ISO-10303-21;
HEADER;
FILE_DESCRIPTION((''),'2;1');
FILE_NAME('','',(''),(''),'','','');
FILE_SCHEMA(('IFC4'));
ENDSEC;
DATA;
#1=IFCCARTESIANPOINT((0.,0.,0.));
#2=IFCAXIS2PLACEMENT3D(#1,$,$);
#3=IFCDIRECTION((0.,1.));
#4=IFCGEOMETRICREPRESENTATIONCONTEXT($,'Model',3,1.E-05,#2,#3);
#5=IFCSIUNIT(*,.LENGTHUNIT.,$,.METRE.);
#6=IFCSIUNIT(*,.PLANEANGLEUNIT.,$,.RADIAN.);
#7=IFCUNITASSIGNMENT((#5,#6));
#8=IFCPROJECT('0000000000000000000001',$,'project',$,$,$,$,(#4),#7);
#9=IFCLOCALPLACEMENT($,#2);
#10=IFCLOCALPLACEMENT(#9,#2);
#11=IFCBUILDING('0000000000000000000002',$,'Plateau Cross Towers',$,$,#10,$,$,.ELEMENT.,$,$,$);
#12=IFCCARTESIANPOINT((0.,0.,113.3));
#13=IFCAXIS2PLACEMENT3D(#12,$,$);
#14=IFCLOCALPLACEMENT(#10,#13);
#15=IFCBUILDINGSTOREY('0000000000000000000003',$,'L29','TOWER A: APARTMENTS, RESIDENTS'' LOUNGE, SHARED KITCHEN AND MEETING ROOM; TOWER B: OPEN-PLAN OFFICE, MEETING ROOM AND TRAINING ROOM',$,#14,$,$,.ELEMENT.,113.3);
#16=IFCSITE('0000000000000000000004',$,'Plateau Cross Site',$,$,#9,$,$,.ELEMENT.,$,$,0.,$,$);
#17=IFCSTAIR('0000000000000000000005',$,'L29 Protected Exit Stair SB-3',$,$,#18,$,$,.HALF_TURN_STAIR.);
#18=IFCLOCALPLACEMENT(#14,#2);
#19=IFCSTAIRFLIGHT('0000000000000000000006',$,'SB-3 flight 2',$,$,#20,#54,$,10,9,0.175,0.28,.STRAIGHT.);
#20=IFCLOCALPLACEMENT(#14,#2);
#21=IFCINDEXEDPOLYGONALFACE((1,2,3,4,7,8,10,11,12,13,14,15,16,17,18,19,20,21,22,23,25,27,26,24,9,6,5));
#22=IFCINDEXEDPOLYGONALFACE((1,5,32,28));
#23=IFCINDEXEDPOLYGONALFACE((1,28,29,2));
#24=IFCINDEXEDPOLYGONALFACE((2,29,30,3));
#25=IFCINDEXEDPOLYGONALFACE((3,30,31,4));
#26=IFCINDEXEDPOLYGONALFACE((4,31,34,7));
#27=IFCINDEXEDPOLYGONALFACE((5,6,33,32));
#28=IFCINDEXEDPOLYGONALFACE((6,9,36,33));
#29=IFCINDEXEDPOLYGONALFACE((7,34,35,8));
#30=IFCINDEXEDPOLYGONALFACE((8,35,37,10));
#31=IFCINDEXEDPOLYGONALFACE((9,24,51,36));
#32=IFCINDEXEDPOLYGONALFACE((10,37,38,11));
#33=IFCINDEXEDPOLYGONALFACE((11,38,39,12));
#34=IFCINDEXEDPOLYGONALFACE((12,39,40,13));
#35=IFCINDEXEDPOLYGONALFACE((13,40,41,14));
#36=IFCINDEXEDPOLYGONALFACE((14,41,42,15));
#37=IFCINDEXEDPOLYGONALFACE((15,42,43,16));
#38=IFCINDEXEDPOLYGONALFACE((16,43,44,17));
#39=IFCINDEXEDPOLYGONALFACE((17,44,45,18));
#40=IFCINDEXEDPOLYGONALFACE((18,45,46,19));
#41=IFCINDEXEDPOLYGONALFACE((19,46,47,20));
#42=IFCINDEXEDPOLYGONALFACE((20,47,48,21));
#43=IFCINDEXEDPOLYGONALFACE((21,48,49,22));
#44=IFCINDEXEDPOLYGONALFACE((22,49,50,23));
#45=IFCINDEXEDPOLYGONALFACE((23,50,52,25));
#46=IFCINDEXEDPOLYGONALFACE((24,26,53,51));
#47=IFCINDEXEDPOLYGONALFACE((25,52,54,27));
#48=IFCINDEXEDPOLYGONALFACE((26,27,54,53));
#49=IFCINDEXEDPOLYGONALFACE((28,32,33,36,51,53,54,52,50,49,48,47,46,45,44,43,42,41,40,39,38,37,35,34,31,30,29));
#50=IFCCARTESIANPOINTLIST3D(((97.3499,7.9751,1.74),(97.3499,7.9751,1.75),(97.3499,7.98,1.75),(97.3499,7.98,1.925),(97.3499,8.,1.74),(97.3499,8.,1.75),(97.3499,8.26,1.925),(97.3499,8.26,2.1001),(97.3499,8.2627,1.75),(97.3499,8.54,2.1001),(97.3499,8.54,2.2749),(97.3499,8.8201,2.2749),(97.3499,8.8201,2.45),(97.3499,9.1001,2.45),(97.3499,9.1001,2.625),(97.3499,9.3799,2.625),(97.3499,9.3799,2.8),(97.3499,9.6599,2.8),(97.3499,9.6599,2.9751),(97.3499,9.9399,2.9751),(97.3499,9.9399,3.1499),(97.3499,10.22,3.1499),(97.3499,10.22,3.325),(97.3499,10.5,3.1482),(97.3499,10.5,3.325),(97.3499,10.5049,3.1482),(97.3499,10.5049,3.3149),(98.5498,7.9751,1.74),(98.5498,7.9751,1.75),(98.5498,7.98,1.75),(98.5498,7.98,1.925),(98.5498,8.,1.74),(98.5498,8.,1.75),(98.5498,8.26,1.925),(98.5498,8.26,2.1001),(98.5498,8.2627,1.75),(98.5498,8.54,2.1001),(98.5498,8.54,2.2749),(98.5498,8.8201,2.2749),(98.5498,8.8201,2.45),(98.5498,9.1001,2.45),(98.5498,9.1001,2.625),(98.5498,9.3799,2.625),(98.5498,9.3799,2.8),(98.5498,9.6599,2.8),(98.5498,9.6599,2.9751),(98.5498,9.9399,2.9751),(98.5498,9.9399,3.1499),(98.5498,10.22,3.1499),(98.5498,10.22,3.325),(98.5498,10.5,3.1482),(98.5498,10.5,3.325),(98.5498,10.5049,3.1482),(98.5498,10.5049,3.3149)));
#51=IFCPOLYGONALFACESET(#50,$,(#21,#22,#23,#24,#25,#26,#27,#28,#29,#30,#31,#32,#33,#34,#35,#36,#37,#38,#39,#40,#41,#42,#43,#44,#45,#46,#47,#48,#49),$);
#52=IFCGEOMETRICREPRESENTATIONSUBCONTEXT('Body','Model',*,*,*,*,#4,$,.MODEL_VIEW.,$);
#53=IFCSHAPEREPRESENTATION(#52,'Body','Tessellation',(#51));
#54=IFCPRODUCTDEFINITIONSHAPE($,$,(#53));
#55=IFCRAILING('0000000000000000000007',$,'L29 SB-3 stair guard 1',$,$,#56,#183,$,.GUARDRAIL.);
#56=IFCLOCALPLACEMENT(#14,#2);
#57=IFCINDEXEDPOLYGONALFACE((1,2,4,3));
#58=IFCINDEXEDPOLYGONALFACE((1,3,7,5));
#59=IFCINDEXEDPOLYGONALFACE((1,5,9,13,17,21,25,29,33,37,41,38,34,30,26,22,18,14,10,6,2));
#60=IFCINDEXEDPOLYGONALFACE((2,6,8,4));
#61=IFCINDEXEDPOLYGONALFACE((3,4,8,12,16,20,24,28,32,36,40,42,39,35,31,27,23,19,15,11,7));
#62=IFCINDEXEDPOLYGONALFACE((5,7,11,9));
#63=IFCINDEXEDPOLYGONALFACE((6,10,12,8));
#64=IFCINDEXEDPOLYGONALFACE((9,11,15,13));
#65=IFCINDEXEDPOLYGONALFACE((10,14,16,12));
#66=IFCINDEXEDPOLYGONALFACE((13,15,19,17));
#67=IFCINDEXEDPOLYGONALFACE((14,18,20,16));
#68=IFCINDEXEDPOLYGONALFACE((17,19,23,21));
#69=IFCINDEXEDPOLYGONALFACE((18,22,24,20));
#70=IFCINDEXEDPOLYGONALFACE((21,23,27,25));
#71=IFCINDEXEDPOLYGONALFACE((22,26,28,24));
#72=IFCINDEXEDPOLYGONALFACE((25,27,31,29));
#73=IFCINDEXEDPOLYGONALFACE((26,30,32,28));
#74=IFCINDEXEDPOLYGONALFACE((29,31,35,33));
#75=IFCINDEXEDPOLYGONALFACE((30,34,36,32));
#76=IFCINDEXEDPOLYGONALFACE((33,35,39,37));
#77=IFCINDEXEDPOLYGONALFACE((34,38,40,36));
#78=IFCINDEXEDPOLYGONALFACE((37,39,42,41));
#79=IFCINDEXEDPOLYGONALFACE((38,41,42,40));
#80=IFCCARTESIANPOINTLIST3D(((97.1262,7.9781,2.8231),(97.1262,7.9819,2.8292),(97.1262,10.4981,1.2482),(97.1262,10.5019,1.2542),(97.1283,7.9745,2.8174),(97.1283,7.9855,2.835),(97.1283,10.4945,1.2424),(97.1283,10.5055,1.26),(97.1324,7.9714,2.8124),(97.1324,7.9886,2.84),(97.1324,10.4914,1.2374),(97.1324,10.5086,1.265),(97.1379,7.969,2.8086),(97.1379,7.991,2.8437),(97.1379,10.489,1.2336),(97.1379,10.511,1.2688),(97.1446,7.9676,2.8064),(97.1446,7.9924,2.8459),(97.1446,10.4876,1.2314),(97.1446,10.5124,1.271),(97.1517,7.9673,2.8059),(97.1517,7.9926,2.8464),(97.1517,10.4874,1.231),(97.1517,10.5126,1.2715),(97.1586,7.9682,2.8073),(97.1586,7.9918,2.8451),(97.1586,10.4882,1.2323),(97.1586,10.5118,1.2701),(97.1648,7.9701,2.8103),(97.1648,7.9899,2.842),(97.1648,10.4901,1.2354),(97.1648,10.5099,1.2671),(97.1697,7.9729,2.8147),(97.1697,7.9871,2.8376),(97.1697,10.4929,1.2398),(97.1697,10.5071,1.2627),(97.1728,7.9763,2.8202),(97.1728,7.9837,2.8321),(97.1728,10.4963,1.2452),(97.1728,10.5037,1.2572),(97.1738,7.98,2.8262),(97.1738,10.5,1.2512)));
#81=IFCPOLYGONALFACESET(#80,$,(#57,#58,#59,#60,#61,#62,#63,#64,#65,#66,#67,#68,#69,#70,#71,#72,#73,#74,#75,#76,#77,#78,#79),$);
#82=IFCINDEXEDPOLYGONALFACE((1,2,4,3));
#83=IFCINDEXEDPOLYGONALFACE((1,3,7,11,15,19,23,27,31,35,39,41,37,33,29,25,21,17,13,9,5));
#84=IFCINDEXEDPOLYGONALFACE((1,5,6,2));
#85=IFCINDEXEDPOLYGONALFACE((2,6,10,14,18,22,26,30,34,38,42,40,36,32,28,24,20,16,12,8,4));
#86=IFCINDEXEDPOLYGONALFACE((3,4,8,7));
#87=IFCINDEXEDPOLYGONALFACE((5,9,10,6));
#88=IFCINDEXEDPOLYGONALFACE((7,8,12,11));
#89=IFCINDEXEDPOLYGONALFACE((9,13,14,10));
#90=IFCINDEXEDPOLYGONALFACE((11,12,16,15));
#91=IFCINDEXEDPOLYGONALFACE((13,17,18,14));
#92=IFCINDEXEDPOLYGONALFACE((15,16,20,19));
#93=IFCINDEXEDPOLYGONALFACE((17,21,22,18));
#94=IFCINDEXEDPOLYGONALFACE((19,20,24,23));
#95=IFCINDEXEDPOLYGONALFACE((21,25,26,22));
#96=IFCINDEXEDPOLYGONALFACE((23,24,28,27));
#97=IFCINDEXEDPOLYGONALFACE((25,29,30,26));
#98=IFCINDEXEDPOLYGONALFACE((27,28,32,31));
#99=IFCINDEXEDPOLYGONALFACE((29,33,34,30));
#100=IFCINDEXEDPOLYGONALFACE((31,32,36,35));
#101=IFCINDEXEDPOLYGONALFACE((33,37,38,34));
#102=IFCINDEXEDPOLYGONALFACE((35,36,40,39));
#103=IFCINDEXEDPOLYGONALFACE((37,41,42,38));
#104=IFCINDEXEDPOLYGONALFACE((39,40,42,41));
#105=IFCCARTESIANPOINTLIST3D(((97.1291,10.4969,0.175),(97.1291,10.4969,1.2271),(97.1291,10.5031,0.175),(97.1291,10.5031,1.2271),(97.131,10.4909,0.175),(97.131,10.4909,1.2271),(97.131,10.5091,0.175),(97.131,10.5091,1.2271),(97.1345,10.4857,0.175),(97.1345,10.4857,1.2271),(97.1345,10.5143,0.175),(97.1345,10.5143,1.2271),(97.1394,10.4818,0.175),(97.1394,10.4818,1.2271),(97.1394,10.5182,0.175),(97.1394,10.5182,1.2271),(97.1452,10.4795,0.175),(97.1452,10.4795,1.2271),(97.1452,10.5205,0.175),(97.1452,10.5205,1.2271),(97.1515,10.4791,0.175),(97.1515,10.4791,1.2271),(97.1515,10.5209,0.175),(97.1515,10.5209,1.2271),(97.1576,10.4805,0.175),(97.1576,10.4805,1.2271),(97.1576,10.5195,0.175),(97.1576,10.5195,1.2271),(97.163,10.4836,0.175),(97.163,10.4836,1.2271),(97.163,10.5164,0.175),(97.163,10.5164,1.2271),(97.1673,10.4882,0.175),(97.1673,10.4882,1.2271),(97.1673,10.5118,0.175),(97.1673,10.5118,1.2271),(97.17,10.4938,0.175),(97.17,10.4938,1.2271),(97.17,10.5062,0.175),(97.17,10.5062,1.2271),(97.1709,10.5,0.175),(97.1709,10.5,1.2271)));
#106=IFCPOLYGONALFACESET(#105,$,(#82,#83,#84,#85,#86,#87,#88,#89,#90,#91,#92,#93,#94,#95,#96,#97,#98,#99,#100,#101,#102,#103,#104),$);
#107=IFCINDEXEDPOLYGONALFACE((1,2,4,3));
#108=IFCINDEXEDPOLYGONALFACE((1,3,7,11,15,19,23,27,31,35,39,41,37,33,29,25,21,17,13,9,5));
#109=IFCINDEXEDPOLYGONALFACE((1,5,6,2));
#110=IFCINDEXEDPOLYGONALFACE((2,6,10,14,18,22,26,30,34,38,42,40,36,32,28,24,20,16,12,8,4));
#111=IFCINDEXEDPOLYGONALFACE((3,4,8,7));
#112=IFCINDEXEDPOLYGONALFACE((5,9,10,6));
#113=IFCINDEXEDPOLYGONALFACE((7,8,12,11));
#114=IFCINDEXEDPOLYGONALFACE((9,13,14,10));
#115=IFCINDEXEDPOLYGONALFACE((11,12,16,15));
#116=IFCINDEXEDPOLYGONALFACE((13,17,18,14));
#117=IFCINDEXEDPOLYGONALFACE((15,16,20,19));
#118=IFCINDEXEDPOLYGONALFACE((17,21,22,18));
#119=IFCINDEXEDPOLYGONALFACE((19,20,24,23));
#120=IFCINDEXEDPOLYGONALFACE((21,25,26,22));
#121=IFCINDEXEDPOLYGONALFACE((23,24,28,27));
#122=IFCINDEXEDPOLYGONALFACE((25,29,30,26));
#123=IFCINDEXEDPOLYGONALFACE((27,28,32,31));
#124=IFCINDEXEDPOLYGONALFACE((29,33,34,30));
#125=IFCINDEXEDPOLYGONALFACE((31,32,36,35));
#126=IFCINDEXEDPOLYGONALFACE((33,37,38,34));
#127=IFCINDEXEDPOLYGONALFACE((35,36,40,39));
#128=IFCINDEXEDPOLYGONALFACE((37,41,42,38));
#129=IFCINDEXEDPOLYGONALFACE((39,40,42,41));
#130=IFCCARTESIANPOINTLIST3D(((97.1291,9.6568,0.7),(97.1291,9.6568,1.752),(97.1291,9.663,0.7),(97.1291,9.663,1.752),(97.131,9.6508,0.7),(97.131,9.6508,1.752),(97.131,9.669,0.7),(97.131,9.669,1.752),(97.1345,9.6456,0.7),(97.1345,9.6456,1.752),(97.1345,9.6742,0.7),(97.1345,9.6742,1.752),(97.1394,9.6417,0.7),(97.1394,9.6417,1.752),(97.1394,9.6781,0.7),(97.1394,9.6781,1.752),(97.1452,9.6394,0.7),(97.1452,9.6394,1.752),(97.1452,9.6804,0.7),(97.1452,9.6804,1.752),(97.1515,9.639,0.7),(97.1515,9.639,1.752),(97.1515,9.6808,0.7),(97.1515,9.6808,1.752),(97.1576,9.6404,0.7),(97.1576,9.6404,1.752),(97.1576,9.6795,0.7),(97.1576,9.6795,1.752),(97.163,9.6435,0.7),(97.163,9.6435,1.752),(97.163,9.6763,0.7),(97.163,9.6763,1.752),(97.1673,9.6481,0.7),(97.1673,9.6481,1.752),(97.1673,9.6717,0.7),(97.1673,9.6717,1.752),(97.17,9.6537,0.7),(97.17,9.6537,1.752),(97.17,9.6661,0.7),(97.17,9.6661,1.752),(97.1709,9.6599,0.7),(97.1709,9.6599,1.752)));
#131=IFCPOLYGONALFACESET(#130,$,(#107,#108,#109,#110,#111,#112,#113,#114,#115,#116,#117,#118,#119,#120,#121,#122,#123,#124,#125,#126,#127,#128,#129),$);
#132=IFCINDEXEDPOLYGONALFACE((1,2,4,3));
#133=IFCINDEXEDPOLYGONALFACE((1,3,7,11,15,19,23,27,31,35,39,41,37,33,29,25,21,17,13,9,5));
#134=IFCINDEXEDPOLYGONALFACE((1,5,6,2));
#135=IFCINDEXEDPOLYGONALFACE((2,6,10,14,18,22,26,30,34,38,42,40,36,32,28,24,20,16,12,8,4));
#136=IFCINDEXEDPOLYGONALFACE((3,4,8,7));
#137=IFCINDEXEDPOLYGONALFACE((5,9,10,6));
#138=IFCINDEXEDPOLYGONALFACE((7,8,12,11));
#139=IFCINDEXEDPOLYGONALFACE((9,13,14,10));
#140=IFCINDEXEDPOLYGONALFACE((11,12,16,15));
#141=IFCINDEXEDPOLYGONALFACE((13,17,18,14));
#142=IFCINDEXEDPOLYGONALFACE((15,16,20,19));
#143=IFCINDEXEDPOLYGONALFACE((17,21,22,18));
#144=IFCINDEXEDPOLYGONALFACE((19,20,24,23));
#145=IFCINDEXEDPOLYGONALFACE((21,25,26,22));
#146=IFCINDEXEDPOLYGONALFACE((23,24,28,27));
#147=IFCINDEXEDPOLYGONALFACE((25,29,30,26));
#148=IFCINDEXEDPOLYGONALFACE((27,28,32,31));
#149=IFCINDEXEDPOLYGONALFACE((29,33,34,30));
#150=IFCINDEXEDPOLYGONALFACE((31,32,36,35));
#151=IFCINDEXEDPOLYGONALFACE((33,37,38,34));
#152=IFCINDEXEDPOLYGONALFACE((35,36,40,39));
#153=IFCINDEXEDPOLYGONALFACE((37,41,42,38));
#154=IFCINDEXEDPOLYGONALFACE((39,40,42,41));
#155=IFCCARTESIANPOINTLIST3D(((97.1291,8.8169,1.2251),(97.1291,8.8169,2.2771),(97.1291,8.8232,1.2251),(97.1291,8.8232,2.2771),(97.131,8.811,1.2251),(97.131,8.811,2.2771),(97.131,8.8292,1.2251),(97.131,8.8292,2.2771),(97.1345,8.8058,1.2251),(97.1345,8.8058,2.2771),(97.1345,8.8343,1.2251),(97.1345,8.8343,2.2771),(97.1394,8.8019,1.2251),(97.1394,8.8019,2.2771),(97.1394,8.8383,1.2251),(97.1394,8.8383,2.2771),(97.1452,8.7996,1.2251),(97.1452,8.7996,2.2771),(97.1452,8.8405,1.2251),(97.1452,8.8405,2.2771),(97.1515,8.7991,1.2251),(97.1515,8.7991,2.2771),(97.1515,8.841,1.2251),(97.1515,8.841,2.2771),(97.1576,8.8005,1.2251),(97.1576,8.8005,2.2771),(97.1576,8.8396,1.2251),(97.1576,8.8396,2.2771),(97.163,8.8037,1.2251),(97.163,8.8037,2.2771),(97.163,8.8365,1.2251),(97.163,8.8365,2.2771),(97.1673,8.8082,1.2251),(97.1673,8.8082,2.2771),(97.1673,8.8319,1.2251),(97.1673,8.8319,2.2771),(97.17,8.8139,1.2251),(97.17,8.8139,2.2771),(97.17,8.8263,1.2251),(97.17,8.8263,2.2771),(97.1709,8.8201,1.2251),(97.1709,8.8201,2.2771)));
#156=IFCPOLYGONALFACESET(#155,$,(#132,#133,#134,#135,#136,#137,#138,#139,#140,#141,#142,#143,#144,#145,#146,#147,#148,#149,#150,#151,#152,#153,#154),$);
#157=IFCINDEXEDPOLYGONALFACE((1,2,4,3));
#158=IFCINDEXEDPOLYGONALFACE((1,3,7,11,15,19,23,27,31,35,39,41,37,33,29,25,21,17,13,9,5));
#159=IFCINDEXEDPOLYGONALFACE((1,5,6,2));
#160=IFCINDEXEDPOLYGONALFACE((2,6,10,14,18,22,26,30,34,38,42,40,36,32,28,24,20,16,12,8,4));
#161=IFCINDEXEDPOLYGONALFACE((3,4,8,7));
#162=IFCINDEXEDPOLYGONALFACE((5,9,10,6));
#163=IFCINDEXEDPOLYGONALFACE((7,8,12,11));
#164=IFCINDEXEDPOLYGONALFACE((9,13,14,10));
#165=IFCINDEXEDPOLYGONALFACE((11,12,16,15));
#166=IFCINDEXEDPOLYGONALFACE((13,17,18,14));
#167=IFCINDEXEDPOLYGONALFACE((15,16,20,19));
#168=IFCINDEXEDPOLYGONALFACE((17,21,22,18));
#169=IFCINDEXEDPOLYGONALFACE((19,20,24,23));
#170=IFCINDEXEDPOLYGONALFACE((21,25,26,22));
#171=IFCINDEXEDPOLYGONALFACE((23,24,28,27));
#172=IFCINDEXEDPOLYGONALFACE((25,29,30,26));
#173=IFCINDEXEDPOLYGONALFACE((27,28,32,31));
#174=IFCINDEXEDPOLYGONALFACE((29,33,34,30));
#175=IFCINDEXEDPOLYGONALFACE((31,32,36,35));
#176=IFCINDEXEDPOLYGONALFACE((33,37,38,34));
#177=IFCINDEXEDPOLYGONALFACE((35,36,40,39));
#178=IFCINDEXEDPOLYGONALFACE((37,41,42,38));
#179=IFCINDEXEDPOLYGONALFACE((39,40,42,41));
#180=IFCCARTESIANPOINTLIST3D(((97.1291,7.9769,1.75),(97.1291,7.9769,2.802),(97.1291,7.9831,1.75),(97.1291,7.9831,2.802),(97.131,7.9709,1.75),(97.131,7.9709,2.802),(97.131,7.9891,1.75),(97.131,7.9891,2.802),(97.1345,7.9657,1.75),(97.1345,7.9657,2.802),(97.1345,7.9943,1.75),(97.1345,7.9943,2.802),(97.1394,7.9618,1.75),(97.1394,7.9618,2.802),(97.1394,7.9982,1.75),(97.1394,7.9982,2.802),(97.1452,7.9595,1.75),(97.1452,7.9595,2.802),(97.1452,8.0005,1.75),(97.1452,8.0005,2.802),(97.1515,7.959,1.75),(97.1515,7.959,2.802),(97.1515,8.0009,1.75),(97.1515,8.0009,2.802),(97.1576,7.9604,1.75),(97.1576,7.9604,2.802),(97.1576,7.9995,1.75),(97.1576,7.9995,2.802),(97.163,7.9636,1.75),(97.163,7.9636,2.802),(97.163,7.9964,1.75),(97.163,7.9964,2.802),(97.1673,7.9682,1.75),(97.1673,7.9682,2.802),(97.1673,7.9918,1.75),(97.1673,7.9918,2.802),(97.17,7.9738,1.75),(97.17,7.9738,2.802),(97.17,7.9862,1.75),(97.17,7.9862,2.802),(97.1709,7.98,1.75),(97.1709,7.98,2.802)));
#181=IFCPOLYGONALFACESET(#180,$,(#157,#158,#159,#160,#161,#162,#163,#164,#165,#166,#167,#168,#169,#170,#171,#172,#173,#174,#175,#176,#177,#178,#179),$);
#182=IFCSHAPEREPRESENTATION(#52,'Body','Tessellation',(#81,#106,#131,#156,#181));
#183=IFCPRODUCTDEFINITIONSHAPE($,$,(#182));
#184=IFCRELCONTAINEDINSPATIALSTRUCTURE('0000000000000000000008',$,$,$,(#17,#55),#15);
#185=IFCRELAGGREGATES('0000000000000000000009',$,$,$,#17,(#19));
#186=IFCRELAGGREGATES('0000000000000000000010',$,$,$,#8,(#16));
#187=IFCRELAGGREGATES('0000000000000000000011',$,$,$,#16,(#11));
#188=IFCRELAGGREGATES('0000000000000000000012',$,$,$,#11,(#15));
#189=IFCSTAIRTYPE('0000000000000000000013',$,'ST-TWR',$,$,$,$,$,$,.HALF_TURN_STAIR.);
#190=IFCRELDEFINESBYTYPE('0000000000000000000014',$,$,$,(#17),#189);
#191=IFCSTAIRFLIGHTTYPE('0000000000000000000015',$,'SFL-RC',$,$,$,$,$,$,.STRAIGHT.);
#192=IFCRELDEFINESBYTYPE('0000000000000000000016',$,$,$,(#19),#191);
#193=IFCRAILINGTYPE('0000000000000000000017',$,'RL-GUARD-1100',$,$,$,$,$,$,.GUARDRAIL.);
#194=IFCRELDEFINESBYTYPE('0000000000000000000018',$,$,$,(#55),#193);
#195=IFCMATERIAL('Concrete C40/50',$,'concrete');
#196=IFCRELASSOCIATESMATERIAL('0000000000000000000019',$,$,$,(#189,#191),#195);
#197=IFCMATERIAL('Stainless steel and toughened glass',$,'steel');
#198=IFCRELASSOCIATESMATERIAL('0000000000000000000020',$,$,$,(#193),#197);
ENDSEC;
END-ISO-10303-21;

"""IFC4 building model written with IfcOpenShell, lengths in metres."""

from ifc_helpers import new_model, si_unit, direction, frame, origin, origin_2d, place, context, subcontext, project, spatial, polyline, circle, outline, extrude, material, type_object, element, aggregate, save


model = new_model("IFC4")

# Units and contexts
model_context = context("Model", 3, precision=1e-05, world=origin(), true_north=direction((0.0, 1.0)))
body_context = subcontext(model_context, "Body", "Model", "MODEL_VIEW")
ifc_project = project(units=[si_unit("LENGTHUNIT", "METRE"), si_unit("PLANEANGLEUNIT", "RADIAN")], contexts=[model_context])

# Site, building, storey
site_placement = place(None, origin())
site = spatial("IfcSite", under=ifc_project, at=site_placement, Name="Plateau Cross Site", CompositionType="ELEMENT", RefElevation=0.0)
building_placement = place(site_placement, origin())
building = spatial("IfcBuilding", under=site, at=building_placement, Name="Plateau Cross Towers", CompositionType="ELEMENT")
storey_placement = place(building_placement, frame((0.0, 0.0, 113.3)))
storey = spatial("IfcBuildingStorey", under=building, at=storey_placement, Name="L29", Description="TOWER A: APARTMENTS, RESIDENTS' LOUNGE, SHARED KITCHEN AND MEETING ROOM; TOWER B: OPEN-PLAN OFFICE, MEETING ROOM AND TRAINING ROOM", CompositionType="ELEMENT", Elevation=113.3)

# Stair, stair flight
ifc_material_1 = material(Name="Concrete C40/50", Category="concrete")
stair_type = type_object("IfcStairType", Name="ST-TWR", PredefinedType="HALF_TURN_STAIR", material=ifc_material_1)
stair_placement = place(storey_placement, origin())
stair = element("IfcStair", 1, at=stair_placement, inside=storey, type_object=stair_type, Name="L29 Protected Exit Stair SB-3", PredefinedType="HALF_TURN_STAIR")
stair_flight_type = type_object("IfcStairFlightType", Name="SFL-RC", PredefinedType="STRAIGHT", material=ifc_material_1)
stair_flight_1_placement = place(storey_placement, frame((97.95, 7.98, 1.75), z_axis=(0.0, 0.0, 1.0), x_axis=(0.0, 1.0, 0.0)))
stair_flight_1 = element("IfcStairFlight", 2, at=stair_flight_1_placement, type_object=stair_flight_type, Name="SB-3 flight 2", NumberOfRisers=10, NumberOfTreads=9, PredefinedType="STRAIGHT", RiserHeight=0.175, TreadLength=0.28, context=body_context, shape_type="SweptSolid", body=[
    extrude(outline(polyline([(-0.0049, -0.01), (-0.0049, 0.0), (0.0, 0.0), (0.0, 0.175), (0.28, 0.175), (0.28, 0.3501), (0.5601, 0.3501), (0.5601, 0.5249), (0.8401, 0.5249), (0.8401, 0.7), (1.1201, 0.7), (1.1201, 0.875), (1.3999, 0.875), (1.3999, 1.05), (1.6799, 1.05), (1.6799, 1.2251), (1.96, 1.2251), (1.96, 1.3999), (2.24, 1.3999), (2.24, 1.575), (2.52, 1.575), (2.5249, 1.5649), (2.5249, 1.3982), (2.52, 1.3982), (0.2827, 0.0), (0.02, 0.0), (0.02, -0.01), (-0.0049, -0.01)])), frame((0.0, 0.6001, 0.0), z_axis=(0.0, -1.0, 0.0), x_axis=(1.0, 0.0, 0.0)), (0.0, 0.0, 1.0), 1.2),
])
aggregate(stair, [stair_flight_1])

# Railing
ifc_material_2 = material(Name="Stainless steel and toughened glass", Category="steel")
railing_type_1 = type_object("IfcRailingType", Name="RL-GUARD-1100", PredefinedType="GUARDRAIL", material=ifc_material_2)
railing_1_placement = place(storey_placement, frame((97.1499, 10.5, 0.175)))
element("IfcRailing", 3, at=railing_1_placement, inside=storey, type_object=railing_type_1, Name="L29 SB-3 stair guard 1", PredefinedType="GUARDRAIL", context=body_context, shape_type="SweptSolid", body=[
    extrude(circle(Radius=0.0239, at=origin_2d()), frame((0.0, 0.0, 1.0762), z_axis=(0.0, -0.848008, 0.529984), x_axis=(1.0, 0.0, 0.0)), (0.0, 0.0, 1.0), 2.9717),
    extrude(circle(Radius=0.021, at=origin_2d()), origin(), (0.0, 0.0, 1.0), 1.052),
    extrude(circle(Radius=0.021, at=origin_2d()), frame((0.0, -0.8401, 0.5249)), (0.0, 0.0, 1.0), 1.052),
    extrude(circle(Radius=0.021, at=origin_2d()), frame((0.0, -1.6799, 1.05)), (0.0, 0.0, 1.0), 1.052),
    extrude(circle(Radius=0.021, at=origin_2d()), frame((0.0, -2.52, 1.575)), (0.0, 0.0, 1.0), 1.052),
])

save(model, "model.ifc")
